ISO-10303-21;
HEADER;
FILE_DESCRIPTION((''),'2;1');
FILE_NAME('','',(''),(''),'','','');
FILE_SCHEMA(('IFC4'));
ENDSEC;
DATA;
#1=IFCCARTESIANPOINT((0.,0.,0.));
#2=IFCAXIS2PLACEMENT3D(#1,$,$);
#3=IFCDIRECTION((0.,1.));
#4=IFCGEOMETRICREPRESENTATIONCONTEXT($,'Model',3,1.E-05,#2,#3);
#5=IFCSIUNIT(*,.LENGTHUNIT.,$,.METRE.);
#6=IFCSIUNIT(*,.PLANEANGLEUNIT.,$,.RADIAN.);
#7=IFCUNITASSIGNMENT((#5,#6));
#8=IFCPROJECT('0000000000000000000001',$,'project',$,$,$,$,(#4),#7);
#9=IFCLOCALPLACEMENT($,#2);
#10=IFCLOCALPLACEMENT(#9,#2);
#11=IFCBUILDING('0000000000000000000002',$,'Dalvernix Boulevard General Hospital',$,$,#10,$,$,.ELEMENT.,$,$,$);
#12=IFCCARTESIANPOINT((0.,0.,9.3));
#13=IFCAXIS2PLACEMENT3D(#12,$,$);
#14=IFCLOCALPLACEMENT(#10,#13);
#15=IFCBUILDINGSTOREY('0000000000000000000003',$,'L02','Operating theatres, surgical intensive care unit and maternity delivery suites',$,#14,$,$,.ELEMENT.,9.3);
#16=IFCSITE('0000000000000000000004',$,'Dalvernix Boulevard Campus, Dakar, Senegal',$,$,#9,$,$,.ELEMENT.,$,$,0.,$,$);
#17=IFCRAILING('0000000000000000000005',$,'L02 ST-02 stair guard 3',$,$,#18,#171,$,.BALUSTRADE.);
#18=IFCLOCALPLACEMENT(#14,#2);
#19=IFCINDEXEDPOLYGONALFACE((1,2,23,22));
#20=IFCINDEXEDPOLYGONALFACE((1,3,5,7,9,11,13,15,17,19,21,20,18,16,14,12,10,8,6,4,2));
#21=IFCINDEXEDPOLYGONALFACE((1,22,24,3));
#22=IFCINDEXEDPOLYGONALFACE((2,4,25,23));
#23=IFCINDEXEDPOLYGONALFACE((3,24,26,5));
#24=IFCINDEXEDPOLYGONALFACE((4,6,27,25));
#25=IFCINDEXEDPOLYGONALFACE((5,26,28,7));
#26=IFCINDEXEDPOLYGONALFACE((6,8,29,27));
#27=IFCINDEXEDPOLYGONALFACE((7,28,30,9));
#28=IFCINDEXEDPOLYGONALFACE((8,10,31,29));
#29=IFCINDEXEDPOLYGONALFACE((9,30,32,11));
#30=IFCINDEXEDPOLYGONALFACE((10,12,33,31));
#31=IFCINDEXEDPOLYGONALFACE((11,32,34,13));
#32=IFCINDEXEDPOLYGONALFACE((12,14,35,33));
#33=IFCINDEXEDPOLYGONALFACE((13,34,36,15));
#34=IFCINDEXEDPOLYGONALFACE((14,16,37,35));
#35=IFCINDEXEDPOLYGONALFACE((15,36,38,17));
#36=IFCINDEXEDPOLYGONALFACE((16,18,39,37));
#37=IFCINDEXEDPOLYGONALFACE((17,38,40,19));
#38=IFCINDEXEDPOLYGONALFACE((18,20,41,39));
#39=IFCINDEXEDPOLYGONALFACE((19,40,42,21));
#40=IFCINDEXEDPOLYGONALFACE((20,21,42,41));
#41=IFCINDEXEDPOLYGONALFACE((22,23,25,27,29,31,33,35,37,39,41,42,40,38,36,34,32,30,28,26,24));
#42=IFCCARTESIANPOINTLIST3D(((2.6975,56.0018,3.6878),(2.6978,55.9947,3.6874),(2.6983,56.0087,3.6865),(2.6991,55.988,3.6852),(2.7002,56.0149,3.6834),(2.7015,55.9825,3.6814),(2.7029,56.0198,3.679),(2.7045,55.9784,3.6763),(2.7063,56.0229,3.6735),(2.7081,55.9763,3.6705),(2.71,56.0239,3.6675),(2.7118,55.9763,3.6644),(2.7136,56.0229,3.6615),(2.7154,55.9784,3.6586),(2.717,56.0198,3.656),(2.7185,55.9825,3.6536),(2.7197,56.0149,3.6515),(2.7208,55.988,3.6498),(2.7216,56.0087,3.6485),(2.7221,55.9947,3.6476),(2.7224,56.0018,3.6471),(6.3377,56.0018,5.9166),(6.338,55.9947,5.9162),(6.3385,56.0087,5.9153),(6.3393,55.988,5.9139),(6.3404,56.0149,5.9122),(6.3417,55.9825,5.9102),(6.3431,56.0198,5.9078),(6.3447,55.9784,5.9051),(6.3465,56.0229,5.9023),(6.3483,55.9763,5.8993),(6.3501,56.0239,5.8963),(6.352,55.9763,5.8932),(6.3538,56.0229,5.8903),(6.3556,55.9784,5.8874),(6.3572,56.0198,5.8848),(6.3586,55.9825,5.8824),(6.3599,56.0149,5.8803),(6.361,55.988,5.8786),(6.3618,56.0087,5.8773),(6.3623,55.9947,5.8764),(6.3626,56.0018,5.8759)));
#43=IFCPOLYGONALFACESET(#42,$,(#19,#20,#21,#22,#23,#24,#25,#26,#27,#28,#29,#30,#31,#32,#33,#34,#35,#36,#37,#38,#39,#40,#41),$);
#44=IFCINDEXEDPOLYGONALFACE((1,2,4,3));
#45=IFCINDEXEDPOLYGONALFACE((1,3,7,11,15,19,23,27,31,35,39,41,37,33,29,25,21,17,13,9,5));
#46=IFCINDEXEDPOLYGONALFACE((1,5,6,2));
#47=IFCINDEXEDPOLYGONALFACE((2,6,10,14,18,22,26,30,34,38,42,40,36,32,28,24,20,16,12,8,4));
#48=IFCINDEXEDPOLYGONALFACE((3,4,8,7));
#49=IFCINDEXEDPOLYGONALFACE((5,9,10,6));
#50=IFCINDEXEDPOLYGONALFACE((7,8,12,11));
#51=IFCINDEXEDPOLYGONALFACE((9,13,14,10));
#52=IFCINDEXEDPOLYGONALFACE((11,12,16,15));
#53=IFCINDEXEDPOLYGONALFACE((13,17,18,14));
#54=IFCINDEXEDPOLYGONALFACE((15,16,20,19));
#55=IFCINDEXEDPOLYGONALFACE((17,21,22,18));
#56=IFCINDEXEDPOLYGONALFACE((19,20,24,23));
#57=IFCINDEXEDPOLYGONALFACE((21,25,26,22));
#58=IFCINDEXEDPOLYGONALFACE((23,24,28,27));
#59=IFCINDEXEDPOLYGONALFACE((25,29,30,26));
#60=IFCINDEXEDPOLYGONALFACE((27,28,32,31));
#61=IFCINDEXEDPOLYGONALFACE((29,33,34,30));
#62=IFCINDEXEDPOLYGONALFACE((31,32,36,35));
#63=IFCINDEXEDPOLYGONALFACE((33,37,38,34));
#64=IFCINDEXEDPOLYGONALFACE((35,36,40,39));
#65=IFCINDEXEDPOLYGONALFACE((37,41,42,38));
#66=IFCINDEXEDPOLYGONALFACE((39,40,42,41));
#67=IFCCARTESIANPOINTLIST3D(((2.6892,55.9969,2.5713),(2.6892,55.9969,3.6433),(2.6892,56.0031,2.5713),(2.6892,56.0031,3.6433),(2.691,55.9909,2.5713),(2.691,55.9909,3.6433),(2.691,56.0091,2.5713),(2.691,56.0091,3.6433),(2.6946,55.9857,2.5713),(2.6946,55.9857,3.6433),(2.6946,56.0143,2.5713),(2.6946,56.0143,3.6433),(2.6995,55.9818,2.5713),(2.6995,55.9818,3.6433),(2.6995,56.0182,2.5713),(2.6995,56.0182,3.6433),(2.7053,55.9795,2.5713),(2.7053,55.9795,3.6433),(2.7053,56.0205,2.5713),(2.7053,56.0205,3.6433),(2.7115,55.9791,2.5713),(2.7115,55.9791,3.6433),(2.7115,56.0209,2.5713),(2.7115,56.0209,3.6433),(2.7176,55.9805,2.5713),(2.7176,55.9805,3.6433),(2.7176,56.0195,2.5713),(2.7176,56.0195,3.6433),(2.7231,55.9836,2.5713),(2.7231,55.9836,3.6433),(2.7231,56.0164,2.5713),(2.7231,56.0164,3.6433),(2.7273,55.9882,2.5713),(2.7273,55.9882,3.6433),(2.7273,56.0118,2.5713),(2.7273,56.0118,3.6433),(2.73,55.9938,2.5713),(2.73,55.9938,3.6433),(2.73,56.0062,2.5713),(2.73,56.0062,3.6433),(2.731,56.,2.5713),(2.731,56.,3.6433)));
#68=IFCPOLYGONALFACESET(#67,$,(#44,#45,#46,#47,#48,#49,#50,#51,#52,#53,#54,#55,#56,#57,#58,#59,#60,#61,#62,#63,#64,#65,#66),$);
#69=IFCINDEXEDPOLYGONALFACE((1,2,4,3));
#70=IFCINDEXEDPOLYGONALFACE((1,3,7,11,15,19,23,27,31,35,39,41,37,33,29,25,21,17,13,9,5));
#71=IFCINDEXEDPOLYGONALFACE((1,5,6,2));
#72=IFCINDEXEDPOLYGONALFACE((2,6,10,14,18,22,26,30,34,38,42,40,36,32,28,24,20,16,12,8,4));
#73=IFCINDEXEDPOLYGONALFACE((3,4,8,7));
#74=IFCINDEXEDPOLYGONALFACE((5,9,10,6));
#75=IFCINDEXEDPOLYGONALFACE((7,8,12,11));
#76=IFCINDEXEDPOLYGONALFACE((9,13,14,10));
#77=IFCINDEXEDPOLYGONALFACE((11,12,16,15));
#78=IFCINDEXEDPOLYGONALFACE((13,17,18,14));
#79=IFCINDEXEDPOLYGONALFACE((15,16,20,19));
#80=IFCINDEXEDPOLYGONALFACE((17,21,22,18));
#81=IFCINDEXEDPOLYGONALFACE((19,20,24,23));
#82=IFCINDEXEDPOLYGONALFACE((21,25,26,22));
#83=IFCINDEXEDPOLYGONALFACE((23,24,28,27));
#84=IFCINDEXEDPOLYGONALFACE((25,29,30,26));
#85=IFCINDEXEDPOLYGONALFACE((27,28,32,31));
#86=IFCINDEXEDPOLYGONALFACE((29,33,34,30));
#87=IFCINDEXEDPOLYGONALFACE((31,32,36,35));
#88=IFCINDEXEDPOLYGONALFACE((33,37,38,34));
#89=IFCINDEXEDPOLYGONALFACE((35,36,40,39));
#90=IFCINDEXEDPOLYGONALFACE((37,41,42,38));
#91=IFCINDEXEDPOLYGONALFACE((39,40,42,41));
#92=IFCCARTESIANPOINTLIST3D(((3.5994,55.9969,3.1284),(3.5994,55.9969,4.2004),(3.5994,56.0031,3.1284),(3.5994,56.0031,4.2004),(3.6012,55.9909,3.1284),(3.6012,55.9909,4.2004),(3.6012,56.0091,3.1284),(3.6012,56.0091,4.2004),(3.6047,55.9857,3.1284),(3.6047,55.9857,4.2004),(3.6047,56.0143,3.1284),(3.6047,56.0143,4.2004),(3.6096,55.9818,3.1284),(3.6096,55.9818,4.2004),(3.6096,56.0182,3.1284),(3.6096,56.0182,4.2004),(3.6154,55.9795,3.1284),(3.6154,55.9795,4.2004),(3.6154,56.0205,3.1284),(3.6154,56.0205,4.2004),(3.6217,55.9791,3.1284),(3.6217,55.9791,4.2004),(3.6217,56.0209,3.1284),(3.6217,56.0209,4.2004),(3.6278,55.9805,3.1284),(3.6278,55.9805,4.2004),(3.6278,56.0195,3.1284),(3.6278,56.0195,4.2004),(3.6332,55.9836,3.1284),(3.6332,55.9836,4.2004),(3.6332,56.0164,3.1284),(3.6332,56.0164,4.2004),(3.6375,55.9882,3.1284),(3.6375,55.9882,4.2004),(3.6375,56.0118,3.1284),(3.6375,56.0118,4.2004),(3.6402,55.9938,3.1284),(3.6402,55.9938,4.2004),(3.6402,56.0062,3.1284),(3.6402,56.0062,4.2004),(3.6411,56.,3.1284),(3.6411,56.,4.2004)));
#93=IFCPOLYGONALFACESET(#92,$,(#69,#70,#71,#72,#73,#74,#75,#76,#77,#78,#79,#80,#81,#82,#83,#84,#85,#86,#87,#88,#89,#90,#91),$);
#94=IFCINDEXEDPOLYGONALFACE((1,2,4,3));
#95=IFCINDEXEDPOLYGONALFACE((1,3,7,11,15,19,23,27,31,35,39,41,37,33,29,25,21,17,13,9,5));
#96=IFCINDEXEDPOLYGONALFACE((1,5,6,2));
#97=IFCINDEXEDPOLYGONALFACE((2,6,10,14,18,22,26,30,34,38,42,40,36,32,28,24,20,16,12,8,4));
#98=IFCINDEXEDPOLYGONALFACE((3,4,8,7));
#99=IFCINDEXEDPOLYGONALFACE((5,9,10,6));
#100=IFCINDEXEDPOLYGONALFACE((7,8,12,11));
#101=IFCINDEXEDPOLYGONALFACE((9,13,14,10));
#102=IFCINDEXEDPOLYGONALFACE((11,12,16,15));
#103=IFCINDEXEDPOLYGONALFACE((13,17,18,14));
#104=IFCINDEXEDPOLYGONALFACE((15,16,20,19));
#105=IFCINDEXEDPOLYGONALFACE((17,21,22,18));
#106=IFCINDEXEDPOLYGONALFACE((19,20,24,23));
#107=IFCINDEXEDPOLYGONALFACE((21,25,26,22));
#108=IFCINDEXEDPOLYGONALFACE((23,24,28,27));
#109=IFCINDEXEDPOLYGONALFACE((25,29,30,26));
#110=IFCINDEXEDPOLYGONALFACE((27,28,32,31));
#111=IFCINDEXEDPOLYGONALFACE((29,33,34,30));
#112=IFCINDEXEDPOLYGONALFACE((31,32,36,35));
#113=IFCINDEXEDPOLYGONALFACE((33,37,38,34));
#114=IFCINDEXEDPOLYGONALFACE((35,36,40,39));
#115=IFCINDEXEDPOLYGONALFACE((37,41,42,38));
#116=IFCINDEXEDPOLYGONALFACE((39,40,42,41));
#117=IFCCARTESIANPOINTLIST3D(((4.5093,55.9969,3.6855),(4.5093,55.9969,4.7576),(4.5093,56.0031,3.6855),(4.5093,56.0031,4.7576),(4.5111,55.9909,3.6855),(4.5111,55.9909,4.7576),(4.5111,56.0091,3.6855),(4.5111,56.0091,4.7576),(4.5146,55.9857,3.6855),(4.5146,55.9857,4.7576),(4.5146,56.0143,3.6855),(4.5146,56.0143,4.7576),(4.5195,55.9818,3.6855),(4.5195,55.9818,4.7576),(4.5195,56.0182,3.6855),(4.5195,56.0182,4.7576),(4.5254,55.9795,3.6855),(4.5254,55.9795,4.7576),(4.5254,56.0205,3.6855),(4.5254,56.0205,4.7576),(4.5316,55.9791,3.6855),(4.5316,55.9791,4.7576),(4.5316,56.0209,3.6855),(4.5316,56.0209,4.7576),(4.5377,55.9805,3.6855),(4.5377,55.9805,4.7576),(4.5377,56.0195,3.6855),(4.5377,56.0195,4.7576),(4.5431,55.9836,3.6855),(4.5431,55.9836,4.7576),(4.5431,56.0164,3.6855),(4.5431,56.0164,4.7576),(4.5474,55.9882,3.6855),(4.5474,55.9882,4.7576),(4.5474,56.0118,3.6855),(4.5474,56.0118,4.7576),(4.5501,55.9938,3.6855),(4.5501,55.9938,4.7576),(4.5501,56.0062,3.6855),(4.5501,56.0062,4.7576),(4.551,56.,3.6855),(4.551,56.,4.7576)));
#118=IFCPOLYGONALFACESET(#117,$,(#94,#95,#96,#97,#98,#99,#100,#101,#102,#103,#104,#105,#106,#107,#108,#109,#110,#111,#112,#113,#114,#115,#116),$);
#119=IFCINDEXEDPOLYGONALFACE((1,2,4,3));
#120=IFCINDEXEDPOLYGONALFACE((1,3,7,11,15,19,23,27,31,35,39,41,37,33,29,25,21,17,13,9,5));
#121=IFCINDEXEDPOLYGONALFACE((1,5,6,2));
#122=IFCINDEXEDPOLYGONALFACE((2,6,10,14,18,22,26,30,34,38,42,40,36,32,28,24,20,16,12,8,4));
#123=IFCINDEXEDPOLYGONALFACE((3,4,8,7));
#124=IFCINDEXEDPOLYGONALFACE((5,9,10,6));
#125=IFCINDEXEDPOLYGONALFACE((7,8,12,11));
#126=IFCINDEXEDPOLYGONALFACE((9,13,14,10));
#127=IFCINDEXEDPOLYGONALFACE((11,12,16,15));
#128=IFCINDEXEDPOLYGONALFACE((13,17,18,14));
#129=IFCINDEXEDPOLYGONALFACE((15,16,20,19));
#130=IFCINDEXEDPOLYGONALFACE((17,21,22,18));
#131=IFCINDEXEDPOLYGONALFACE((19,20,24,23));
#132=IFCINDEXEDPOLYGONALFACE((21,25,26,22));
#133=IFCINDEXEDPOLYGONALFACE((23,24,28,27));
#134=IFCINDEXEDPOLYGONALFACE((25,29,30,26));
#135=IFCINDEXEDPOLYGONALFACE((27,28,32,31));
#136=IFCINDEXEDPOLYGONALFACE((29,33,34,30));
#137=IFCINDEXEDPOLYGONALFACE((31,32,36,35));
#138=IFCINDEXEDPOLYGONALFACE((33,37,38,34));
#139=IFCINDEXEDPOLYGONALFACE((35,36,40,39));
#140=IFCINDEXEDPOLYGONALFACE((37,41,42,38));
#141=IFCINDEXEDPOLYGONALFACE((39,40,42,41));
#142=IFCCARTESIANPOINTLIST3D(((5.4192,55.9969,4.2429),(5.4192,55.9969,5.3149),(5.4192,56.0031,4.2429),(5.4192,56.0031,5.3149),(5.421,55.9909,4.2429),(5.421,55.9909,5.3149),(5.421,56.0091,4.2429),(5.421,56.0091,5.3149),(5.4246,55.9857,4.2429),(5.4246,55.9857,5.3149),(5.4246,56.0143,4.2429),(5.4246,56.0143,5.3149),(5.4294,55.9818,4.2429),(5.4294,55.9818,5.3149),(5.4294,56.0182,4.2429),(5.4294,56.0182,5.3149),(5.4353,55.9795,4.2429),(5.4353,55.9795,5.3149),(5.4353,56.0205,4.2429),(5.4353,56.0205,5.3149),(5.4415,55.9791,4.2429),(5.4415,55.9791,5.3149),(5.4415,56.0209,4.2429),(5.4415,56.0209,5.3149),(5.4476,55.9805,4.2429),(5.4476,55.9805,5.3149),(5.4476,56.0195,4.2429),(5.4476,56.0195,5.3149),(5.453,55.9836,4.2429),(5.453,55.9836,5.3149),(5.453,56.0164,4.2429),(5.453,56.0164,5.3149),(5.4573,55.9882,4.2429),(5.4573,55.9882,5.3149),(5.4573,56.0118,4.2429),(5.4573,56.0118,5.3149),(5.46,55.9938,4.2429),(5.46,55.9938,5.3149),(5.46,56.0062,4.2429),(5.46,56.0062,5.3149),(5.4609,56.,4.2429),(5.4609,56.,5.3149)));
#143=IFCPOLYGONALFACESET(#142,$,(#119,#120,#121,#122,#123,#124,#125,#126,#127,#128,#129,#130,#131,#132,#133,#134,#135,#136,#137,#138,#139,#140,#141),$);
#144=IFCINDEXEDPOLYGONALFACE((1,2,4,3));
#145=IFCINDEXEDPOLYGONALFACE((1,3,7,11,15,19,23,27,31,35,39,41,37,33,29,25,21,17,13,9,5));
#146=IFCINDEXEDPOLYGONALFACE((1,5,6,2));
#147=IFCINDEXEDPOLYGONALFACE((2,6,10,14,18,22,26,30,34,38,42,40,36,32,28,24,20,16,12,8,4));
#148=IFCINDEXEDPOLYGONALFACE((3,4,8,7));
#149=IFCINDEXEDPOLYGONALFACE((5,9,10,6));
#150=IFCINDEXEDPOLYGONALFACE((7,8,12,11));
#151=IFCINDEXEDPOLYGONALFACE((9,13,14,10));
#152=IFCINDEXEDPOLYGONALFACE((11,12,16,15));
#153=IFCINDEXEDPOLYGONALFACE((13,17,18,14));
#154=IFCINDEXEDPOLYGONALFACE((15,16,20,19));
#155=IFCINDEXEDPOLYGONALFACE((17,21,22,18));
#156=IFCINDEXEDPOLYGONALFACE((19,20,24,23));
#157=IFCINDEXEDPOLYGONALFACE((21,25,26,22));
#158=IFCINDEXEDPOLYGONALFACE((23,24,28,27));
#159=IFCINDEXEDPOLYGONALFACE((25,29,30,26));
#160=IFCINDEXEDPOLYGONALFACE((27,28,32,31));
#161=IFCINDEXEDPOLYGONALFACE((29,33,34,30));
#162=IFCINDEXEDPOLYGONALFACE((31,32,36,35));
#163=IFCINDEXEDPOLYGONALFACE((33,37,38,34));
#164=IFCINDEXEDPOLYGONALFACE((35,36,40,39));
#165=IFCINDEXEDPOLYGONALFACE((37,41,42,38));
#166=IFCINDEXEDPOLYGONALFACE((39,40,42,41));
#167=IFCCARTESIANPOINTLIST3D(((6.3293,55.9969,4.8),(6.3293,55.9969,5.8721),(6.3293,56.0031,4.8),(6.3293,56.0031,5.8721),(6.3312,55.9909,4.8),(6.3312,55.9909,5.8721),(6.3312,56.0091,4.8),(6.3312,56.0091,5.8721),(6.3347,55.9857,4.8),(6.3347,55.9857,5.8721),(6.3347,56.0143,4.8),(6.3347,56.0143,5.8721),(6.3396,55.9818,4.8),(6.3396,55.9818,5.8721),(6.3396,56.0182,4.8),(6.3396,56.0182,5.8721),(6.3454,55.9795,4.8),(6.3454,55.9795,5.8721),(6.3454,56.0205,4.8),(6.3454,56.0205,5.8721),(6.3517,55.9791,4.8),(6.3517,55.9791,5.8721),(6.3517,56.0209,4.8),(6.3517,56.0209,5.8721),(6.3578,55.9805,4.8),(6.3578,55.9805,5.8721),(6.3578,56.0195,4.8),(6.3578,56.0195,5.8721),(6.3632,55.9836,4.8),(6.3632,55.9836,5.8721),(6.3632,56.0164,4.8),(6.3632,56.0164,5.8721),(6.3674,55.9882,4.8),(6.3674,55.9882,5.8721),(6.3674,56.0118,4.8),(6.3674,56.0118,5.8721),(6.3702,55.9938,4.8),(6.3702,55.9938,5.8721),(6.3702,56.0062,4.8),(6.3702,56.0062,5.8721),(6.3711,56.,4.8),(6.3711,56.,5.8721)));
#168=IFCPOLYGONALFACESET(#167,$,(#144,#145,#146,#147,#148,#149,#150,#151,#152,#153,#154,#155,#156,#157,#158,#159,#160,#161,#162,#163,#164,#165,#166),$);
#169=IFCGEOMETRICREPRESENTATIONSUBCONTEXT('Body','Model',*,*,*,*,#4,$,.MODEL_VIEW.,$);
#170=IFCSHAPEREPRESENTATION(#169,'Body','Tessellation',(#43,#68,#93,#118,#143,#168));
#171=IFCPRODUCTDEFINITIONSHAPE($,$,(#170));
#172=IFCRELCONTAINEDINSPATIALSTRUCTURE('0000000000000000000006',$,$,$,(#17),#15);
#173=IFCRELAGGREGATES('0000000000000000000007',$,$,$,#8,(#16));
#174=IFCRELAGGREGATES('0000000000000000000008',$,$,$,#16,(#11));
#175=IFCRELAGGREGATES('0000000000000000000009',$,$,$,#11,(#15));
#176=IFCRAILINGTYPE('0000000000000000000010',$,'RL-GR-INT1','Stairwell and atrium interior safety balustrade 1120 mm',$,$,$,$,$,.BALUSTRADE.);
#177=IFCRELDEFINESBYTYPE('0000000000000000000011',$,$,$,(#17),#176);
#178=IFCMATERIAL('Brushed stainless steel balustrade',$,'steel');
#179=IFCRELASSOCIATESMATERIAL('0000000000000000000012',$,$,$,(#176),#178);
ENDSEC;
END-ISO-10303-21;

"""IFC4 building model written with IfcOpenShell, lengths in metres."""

from ifc_helpers import new_model, si_unit, direction, frame, origin, origin_2d, place, context, subcontext, project, spatial, circle, extrude, material, type_object, element, save


model = new_model("IFC4")

# Units and contexts
model_context = context("Model", 3, precision=1e-05, world=origin(), true_north=direction((0.0, 1.0)))
body_context = subcontext(model_context, "Body", "Model", "MODEL_VIEW")
ifc_project = project(units=[si_unit("LENGTHUNIT", "METRE"), si_unit("PLANEANGLEUNIT", "RADIAN")], contexts=[model_context])

# Site, building, storey
site_placement = place(None, origin())
site = spatial("IfcSite", under=ifc_project, at=site_placement, Name="Dalvernix Boulevard Campus, Dakar, Senegal", CompositionType="ELEMENT", RefElevation=0.0)
building_placement = place(site_placement, origin())
building = spatial("IfcBuilding", under=site, at=building_placement, Name="Dalvernix Boulevard General Hospital", CompositionType="ELEMENT")
storey_placement = place(building_placement, frame((0.0, 0.0, 9.3)))
storey = spatial("IfcBuildingStorey", under=building, at=storey_placement, Name="L02", Description="Operating theatres, surgical intensive care unit and maternity delivery suites", CompositionType="ELEMENT", Elevation=9.3)

# Railing
ifc_material_1 = material(Name="Brushed stainless steel balustrade", Category="steel")
railing_type_1 = type_object("IfcRailingType", Name="RL-GR-INT1", Description="Stairwell and atrium interior safety balustrade 1120 mm", PredefinedType="BALUSTRADE", material=ifc_material_1)
railing_1_placement = place(storey_placement, frame((2.71, 56.0, 2.5713)))
element("IfcRailing", 1, at=railing_1_placement, inside=storey, type_object=railing_type_1, Name="L02 ST-02 stair guard 3", PredefinedType="BALUSTRADE", context=body_context, shape_type="SweptSolid", body=[
    extrude(circle(Radius=0.0239, at=origin_2d()), frame((0.0, 0.0, 1.0962), z_axis=(0.85284, 0.0, 0.522172), x_axis=(0.0, 1.0, 0.0)), (0.0, 0.0, 1.0), 4.2683),
    extrude(circle(Radius=0.021, at=origin_2d()), origin(), (0.0, 0.0, 1.0), 1.072),
    extrude(circle(Radius=0.021, at=origin_2d()), frame((0.9102, 0.0, 0.5571)), (0.0, 0.0, 1.0), 1.072),
    extrude(circle(Radius=0.021, at=origin_2d()), frame((1.8201, 0.0, 1.1143)), (0.0, 0.0, 1.0), 1.072),
    extrude(circle(Radius=0.021, at=origin_2d()), frame((2.73, 0.0, 1.6716)), (0.0, 0.0, 1.0), 1.072),
    extrude(circle(Radius=0.021, at=origin_2d()), frame((3.6401, 0.0, 2.2288)), (0.0, 0.0, 1.0), 1.072),
])

save(model, "model.ifc")
